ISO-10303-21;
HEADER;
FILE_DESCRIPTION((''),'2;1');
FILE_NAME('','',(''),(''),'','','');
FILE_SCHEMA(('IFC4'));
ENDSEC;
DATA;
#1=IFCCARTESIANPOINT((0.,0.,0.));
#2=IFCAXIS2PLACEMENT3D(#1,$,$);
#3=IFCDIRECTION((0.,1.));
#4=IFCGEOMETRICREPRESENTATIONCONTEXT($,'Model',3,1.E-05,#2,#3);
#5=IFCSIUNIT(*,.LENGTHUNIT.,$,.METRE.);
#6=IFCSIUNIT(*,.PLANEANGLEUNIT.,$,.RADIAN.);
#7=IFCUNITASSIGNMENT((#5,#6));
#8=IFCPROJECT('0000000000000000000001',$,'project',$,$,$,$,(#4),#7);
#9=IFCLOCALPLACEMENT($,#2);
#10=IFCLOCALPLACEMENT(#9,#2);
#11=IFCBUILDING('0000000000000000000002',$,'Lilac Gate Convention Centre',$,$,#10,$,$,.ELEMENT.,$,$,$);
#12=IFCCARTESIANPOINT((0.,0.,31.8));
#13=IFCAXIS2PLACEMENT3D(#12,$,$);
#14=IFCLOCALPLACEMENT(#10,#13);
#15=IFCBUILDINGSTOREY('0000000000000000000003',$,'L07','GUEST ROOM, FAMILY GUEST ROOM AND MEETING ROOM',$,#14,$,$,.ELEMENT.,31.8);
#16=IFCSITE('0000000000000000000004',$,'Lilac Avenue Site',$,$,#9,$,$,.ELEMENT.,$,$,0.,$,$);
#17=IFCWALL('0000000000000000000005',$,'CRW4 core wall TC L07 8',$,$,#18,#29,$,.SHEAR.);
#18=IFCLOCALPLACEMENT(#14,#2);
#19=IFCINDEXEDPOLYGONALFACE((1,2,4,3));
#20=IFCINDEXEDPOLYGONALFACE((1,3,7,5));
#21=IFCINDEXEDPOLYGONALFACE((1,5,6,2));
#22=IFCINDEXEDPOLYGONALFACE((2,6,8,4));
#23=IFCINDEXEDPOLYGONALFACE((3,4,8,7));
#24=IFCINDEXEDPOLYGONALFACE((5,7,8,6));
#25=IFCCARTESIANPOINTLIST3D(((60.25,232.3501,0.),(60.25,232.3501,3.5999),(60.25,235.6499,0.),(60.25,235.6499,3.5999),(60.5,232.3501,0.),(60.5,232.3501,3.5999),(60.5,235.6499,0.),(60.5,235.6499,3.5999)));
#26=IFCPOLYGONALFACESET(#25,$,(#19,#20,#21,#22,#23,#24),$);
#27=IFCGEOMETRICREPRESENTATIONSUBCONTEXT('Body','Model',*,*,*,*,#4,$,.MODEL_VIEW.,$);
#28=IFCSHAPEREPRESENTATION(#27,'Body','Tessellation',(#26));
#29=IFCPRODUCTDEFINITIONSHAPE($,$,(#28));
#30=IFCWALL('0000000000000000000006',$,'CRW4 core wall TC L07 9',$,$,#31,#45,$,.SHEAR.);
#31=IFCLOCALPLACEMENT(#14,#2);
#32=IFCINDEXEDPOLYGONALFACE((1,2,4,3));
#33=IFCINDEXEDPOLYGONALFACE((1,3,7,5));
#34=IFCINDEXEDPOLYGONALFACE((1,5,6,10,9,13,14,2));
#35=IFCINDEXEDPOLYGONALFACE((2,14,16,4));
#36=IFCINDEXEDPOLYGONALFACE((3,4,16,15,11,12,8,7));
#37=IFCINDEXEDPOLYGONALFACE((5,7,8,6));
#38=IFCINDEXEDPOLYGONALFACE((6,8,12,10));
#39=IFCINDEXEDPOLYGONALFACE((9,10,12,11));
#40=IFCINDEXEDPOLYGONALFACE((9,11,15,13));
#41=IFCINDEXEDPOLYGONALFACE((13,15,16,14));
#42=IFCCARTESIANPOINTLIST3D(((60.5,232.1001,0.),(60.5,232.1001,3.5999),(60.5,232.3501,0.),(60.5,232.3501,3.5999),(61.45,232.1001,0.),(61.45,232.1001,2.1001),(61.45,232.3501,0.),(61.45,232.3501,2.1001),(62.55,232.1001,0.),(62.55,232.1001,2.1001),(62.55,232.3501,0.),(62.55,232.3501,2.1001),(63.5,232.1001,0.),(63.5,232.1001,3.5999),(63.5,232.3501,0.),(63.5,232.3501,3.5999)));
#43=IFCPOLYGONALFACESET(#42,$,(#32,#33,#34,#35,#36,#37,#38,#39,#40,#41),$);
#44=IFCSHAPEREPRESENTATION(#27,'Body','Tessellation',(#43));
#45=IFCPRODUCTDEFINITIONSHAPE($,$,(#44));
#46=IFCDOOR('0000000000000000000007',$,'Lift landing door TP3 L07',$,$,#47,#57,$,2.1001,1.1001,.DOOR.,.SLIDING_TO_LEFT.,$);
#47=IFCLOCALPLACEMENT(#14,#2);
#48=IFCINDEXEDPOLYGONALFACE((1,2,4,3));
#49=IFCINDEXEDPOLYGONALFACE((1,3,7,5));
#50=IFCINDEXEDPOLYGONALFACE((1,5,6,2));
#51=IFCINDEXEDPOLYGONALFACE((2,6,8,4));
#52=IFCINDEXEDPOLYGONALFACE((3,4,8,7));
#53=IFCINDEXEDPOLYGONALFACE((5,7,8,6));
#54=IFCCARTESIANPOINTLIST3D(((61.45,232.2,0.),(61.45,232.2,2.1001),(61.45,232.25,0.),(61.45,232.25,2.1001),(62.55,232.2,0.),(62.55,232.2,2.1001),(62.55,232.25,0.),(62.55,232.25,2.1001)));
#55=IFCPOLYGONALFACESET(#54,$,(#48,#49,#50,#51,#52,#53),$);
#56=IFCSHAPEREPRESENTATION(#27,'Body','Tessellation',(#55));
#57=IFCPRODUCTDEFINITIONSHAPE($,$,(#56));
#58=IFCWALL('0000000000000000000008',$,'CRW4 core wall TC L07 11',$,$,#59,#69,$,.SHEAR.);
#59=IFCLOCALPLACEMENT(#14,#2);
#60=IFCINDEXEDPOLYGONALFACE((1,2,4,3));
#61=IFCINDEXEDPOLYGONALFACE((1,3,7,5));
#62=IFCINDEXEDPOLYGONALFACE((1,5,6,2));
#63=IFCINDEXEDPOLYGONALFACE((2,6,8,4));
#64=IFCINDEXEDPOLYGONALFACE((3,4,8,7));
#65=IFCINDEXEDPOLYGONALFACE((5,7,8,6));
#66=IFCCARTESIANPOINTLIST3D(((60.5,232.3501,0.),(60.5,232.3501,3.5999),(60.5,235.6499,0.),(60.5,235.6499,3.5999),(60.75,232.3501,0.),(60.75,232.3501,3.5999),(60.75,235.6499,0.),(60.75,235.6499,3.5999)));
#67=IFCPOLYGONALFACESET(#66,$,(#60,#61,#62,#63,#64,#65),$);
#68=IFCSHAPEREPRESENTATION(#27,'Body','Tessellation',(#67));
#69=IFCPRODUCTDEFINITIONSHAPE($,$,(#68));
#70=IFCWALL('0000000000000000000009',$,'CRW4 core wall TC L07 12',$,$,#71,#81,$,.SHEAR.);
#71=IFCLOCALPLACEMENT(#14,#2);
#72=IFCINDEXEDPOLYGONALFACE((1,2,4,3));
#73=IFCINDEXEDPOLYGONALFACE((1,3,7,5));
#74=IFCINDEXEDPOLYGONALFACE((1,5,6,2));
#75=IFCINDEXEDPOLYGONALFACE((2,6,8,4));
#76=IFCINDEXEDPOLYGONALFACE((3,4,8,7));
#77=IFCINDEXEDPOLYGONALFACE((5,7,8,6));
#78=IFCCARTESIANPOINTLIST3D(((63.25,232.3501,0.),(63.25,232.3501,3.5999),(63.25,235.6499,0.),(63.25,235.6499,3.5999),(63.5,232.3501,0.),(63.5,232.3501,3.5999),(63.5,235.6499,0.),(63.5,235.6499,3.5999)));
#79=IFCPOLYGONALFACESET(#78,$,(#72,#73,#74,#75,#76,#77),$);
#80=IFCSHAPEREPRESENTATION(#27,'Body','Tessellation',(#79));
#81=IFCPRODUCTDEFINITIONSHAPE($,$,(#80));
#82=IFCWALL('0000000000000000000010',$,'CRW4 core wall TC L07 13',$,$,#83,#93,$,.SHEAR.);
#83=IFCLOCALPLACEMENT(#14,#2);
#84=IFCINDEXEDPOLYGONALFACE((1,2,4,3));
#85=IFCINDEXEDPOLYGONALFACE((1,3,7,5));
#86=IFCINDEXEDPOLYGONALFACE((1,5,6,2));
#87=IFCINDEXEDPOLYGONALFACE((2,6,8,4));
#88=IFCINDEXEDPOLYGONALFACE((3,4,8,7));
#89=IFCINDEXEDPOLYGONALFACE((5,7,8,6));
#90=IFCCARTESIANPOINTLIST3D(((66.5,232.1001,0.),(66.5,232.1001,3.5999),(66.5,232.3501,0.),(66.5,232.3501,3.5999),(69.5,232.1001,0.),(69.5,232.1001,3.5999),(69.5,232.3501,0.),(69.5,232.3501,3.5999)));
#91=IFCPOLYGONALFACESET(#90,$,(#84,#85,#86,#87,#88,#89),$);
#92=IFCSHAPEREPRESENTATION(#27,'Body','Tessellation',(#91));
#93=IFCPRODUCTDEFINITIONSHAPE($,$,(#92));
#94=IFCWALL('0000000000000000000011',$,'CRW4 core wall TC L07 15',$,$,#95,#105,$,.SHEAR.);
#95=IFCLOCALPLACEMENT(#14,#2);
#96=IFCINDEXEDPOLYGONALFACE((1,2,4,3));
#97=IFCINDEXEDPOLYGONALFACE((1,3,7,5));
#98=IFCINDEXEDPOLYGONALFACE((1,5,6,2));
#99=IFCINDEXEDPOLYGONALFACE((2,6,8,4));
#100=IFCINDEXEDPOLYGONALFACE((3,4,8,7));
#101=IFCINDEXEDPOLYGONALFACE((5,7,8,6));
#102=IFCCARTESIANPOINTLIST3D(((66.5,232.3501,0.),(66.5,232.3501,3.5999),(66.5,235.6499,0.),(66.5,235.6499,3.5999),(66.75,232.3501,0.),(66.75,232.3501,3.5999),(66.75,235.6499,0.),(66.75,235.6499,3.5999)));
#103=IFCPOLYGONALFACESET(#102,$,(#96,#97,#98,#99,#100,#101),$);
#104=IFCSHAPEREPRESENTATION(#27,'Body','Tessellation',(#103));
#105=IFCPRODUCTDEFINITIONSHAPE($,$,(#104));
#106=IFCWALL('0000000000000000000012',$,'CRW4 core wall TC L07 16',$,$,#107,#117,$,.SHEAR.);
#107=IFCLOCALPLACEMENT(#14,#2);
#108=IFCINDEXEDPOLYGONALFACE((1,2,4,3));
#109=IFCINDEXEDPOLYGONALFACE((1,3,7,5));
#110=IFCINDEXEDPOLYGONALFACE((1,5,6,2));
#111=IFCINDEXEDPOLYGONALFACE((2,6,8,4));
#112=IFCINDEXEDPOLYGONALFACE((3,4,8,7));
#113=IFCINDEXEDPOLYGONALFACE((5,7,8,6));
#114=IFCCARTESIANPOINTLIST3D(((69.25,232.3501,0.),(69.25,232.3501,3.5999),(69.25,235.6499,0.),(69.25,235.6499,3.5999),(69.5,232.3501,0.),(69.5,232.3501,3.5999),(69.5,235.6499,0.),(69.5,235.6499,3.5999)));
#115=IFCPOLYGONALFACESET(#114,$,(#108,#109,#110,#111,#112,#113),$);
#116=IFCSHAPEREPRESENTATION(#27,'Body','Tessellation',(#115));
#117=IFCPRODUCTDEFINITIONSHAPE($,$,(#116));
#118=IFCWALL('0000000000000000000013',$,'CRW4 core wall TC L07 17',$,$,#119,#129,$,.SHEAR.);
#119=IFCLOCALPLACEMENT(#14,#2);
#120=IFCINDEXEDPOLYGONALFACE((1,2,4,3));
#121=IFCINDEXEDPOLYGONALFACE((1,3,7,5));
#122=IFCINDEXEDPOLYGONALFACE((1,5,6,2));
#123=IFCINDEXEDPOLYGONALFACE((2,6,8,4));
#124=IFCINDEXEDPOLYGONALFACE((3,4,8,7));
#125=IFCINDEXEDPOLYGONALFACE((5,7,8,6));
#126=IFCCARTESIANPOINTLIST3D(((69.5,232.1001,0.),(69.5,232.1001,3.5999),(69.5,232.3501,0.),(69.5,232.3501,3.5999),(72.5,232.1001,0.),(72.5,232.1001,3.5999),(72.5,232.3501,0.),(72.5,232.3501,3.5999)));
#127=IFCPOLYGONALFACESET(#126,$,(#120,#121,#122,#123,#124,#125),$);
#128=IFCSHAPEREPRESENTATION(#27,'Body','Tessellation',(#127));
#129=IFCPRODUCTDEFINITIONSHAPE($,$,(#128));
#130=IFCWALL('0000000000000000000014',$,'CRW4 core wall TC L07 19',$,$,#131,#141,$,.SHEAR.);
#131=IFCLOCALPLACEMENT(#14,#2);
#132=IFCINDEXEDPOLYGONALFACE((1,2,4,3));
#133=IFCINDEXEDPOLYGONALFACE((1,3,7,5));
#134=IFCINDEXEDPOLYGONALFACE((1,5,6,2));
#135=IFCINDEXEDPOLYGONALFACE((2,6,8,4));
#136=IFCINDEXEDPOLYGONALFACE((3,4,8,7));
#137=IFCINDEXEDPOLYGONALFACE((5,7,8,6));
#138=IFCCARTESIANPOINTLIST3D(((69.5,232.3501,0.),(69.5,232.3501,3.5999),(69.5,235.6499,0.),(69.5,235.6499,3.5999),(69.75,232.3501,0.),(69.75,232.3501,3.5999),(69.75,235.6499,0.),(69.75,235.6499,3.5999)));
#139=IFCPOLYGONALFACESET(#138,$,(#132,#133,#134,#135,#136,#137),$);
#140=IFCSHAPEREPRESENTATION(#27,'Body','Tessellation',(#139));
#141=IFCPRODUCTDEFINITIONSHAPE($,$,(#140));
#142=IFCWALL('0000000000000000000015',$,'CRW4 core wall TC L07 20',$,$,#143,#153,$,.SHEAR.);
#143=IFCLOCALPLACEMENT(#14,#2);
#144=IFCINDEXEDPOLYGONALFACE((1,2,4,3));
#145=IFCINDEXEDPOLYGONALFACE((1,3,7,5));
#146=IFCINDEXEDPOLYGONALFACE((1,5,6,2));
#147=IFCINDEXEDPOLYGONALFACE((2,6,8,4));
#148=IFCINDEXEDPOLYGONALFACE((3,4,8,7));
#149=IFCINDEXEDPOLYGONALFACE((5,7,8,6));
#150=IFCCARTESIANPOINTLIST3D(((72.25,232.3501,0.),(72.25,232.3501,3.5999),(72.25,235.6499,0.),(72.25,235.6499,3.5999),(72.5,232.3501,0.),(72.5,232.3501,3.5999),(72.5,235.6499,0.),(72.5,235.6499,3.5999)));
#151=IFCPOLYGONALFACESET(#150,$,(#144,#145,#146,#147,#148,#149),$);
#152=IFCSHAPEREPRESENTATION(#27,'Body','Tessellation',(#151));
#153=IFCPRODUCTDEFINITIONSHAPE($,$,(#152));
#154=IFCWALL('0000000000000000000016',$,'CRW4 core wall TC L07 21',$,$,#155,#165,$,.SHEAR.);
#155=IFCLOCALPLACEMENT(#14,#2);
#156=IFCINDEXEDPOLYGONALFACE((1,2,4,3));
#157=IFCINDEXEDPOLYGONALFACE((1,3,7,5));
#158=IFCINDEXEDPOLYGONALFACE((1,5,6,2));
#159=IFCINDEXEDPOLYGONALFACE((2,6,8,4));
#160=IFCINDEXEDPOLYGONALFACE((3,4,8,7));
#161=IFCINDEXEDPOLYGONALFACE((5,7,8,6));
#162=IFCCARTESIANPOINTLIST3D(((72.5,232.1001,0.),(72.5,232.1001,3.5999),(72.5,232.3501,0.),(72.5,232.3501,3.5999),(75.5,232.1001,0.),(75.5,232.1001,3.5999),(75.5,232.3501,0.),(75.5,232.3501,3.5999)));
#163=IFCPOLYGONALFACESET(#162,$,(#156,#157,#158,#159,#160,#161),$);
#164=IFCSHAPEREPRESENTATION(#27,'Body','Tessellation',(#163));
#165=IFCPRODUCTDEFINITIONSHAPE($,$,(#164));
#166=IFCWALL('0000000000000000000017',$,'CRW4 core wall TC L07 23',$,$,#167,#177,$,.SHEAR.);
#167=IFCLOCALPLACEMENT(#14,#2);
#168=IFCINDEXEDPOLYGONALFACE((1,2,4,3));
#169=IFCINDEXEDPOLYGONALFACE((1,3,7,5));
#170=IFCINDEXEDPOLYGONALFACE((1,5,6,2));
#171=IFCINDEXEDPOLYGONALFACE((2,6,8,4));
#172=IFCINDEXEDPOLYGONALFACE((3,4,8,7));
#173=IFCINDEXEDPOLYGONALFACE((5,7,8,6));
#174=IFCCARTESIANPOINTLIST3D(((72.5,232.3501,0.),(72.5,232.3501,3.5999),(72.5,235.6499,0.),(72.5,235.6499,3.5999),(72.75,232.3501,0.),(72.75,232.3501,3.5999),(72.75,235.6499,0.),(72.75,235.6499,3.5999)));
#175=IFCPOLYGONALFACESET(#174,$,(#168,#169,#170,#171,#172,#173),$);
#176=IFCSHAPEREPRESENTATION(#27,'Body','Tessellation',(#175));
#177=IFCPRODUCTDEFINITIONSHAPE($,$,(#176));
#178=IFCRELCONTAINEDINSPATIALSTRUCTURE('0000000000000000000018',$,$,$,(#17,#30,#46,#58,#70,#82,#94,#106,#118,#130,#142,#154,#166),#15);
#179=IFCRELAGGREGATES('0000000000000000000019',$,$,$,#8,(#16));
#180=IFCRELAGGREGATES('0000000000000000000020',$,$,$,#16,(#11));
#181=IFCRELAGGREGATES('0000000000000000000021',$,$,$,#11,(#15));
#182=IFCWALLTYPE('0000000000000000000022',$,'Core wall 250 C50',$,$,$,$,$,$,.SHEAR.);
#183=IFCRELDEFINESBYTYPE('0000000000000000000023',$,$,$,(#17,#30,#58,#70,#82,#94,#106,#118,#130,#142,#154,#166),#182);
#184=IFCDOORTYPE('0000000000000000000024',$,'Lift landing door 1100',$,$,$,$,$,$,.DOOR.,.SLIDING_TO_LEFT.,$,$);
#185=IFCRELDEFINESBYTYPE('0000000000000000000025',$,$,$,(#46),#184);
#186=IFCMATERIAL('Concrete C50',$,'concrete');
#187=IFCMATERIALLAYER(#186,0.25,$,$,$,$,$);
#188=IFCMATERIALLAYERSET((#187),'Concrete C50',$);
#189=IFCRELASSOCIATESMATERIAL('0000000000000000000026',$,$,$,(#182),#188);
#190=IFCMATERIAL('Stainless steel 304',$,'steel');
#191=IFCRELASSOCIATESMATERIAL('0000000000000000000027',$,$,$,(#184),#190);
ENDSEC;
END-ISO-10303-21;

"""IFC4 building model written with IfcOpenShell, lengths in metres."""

from ifc_helpers import new_model, si_unit, direction, frame, frame_2d, origin, place, context, subcontext, project, spatial, rectangle, extrude, material, layer, layer_set, type_object, element, fill, save


model = new_model("IFC4")

# Units and contexts
model_context = context("Model", 3, precision=1e-05, world=origin(), true_north=direction((0.0, 1.0)))
body_context = subcontext(model_context, "Body", "Model", "MODEL_VIEW")
ifc_project = project(units=[si_unit("LENGTHUNIT", "METRE"), si_unit("PLANEANGLEUNIT", "RADIAN")], contexts=[model_context])

# Site, building, storey
site_placement = place(None, origin())
site = spatial("IfcSite", under=ifc_project, at=site_placement, Name="Lilac Avenue Site", CompositionType="ELEMENT", RefElevation=0.0)
building_placement = place(site_placement, origin())
building = spatial("IfcBuilding", under=site, at=building_placement, Name="Lilac Gate Convention Centre", CompositionType="ELEMENT")
storey_placement = place(building_placement, frame((0.0, 0.0, 31.8)))
storey = spatial("IfcBuildingStorey", under=building, at=storey_placement, Name="L07", Description="GUEST ROOM, FAMILY GUEST ROOM AND MEETING ROOM", CompositionType="ELEMENT", Elevation=31.8)

# Wall
ifc_material_1 = material(Name="Concrete C50", Category="concrete")
ifc_layer_1 = layer(ifc_material_1, 0.25)
ifc_layer_set_1 = layer_set([ifc_layer_1], Name="Concrete C50")
wall_type_1 = type_object("IfcWallType", Name="Core wall 250 C50", PredefinedType="SHEAR", material=ifc_layer_set_1)
wall_1_placement = place(storey_placement, frame((60.375, 232.3501, 0.0), z_axis=(0.0, 0.0, 1.0), x_axis=(0.0, 1.0, 0.0)))
element("IfcWall", 1, at=wall_1_placement, inside=storey, type_object=wall_type_1, Name="CRW4 core wall TC L07 8", PredefinedType="SHEAR", context=body_context, shape_type="SweptSolid", body=[
    extrude(rectangle(XDim=3.2998, YDim=0.25, at=frame_2d((1.6499, 0.0))), origin(), (0.0, 0.0, 1.0), 3.5999),
])

# Wall, opening, door
wall_2_placement = place(storey_placement, frame((60.5, 232.2251, 0.0), z_axis=(0.0, 0.0, 1.0), x_axis=(1.0, 0.0, 0.0)))
wall_2 = element("IfcWall", 2, at=wall_2_placement, inside=storey, type_object=wall_type_1, Name="CRW4 core wall TC L07 9", PredefinedType="SHEAR", context=body_context, shape_type="SweptSolid", body=[
    extrude(rectangle(XDim=3.0, YDim=0.25, at=frame_2d((1.5, 0.0))), origin(), (0.0, 0.0, 1.0), 3.5999),
])
opening_1_placement = place(wall_2_placement, frame((0.95, 0.0, 0.0)))
opening_1 = element("IfcOpeningElement", 3, at=opening_1_placement, cuts=wall_2, PredefinedType="OPENING", context=body_context, shape_type="SweptSolid", body=[
    extrude(rectangle(XDim=1.1001, YDim=2.1001, at=frame_2d((0.55, 1.05))), frame((0.0, 0.135, 0.0), z_axis=(0.0, -1.0, 0.0), x_axis=(1.0, 0.0, 0.0)), (0.0, 0.0, 1.0), 0.27),
])
ifc_material_2 = material(Name="Stainless steel 304", Category="steel")
door_type_1 = type_object("IfcDoorType", Name="Lift landing door 1100", OperationType="SLIDING_TO_LEFT", PredefinedType="DOOR", material=ifc_material_2)
door_1_placement = place(opening_1_placement, origin())
door_1 = element("IfcDoor", 4, at=door_1_placement, inside=storey, type_object=door_type_1, Name="Lift landing door TP3 L07", OperationType="SLIDING_TO_LEFT", OverallHeight=2.1001, OverallWidth=1.1001, PredefinedType="DOOR", context=body_context, shape_type="SweptSolid", body=[
    extrude(rectangle(XDim=1.1001, YDim=2.1001, at=frame_2d((0.55, 1.05))), frame((0.0, 0.0249, 0.0), z_axis=(0.0, -1.0, 0.0), x_axis=(1.0, 0.0, 0.0)), (0.0, 0.0, 1.0), 0.05),
])
fill(opening_1, door_1)

# Walls
for number, where, z_axis, x_axis, name in (
    (5, (60.625, 232.3501, 0.0), (0.0, 0.0, 1.0), (0.0, 1.0, 0.0), "CRW4 core wall TC L07 11"),
    (6, (63.375, 232.3501, 0.0), (0.0, 0.0, 1.0), (0.0, 1.0, 0.0), "CRW4 core wall TC L07 12"),
):
    element("IfcWall", number, at=place(storey_placement, frame(where, z_axis=z_axis, x_axis=x_axis)), inside=storey, type_object=wall_type_1, Name=name, PredefinedType="SHEAR", context=body_context, shape_type="SweptSolid", body=[
        extrude(rectangle(XDim=3.2998, YDim=0.25, at=frame_2d((1.6499, 0.0))), origin(), (0.0, 0.0, 1.0), 3.5999),
    ])
wall_3_placement = place(storey_placement, frame((66.5, 232.2251, 0.0), z_axis=(0.0, 0.0, 1.0), x_axis=(1.0, 0.0, 0.0)))
element("IfcWall", 7, at=wall_3_placement, inside=storey, type_object=wall_type_1, Name="CRW4 core wall TC L07 13", PredefinedType="SHEAR", context=body_context, shape_type="SweptSolid", body=[
    extrude(rectangle(XDim=3.0, YDim=0.25, at=frame_2d((1.5, 0.0))), origin(), (0.0, 0.0, 1.0), 3.5999),
])
for number, where, z_axis, x_axis, name in (
    (8, (66.625, 232.3501, 0.0), (0.0, 0.0, 1.0), (0.0, 1.0, 0.0), "CRW4 core wall TC L07 15"),
    (9, (69.375, 232.3501, 0.0), (0.0, 0.0, 1.0), (0.0, 1.0, 0.0), "CRW4 core wall TC L07 16"),
):
    element("IfcWall", number, at=place(storey_placement, frame(where, z_axis=z_axis, x_axis=x_axis)), inside=storey, type_object=wall_type_1, Name=name, PredefinedType="SHEAR", context=body_context, shape_type="SweptSolid", body=[
        extrude(rectangle(XDim=3.2998, YDim=0.25, at=frame_2d((1.6499, 0.0))), origin(), (0.0, 0.0, 1.0), 3.5999),
    ])
wall_4_placement = place(storey_placement, frame((69.5, 232.2251, 0.0), z_axis=(0.0, 0.0, 1.0), x_axis=(1.0, 0.0, 0.0)))
element("IfcWall", 10, at=wall_4_placement, inside=storey, type_object=wall_type_1, Name="CRW4 core wall TC L07 17", PredefinedType="SHEAR", context=body_context, shape_type="SweptSolid", body=[
    extrude(rectangle(XDim=3.0, YDim=0.25, at=frame_2d((1.5, 0.0))), origin(), (0.0, 0.0, 1.0), 3.5999),
])
for number, where, z_axis, x_axis, name in (
    (11, (69.625, 232.3501, 0.0), (0.0, 0.0, 1.0), (0.0, 1.0, 0.0), "CRW4 core wall TC L07 19"),
    (12, (72.375, 232.3501, 0.0), (0.0, 0.0, 1.0), (0.0, 1.0, 0.0), "CRW4 core wall TC L07 20"),
):
    element("IfcWall", number, at=place(storey_placement, frame(where, z_axis=z_axis, x_axis=x_axis)), inside=storey, type_object=wall_type_1, Name=name, PredefinedType="SHEAR", context=body_context, shape_type="SweptSolid", body=[
        extrude(rectangle(XDim=3.2998, YDim=0.25, at=frame_2d((1.6499, 0.0))), origin(), (0.0, 0.0, 1.0), 3.5999),
    ])
wall_5_placement = place(storey_placement, frame((72.5, 232.2251, 0.0), z_axis=(0.0, 0.0, 1.0), x_axis=(1.0, 0.0, 0.0)))
element("IfcWall", 13, at=wall_5_placement, inside=storey, type_object=wall_type_1, Name="CRW4 core wall TC L07 21", PredefinedType="SHEAR", context=body_context, shape_type="SweptSolid", body=[
    extrude(rectangle(XDim=3.0, YDim=0.25, at=frame_2d((1.5, 0.0))), origin(), (0.0, 0.0, 1.0), 3.5999),
])
wall_6_placement = place(storey_placement, frame((72.625, 232.3501, 0.0), z_axis=(0.0, 0.0, 1.0), x_axis=(0.0, 1.0, 0.0)))
element("IfcWall", 14, at=wall_6_placement, inside=storey, type_object=wall_type_1, Name="CRW4 core wall TC L07 23", PredefinedType="SHEAR", context=body_context, shape_type="SweptSolid", body=[
    extrude(rectangle(XDim=3.2998, YDim=0.25, at=frame_2d((1.6499, 0.0))), origin(), (0.0, 0.0, 1.0), 3.5999),
])

save(model, "model.ifc")
